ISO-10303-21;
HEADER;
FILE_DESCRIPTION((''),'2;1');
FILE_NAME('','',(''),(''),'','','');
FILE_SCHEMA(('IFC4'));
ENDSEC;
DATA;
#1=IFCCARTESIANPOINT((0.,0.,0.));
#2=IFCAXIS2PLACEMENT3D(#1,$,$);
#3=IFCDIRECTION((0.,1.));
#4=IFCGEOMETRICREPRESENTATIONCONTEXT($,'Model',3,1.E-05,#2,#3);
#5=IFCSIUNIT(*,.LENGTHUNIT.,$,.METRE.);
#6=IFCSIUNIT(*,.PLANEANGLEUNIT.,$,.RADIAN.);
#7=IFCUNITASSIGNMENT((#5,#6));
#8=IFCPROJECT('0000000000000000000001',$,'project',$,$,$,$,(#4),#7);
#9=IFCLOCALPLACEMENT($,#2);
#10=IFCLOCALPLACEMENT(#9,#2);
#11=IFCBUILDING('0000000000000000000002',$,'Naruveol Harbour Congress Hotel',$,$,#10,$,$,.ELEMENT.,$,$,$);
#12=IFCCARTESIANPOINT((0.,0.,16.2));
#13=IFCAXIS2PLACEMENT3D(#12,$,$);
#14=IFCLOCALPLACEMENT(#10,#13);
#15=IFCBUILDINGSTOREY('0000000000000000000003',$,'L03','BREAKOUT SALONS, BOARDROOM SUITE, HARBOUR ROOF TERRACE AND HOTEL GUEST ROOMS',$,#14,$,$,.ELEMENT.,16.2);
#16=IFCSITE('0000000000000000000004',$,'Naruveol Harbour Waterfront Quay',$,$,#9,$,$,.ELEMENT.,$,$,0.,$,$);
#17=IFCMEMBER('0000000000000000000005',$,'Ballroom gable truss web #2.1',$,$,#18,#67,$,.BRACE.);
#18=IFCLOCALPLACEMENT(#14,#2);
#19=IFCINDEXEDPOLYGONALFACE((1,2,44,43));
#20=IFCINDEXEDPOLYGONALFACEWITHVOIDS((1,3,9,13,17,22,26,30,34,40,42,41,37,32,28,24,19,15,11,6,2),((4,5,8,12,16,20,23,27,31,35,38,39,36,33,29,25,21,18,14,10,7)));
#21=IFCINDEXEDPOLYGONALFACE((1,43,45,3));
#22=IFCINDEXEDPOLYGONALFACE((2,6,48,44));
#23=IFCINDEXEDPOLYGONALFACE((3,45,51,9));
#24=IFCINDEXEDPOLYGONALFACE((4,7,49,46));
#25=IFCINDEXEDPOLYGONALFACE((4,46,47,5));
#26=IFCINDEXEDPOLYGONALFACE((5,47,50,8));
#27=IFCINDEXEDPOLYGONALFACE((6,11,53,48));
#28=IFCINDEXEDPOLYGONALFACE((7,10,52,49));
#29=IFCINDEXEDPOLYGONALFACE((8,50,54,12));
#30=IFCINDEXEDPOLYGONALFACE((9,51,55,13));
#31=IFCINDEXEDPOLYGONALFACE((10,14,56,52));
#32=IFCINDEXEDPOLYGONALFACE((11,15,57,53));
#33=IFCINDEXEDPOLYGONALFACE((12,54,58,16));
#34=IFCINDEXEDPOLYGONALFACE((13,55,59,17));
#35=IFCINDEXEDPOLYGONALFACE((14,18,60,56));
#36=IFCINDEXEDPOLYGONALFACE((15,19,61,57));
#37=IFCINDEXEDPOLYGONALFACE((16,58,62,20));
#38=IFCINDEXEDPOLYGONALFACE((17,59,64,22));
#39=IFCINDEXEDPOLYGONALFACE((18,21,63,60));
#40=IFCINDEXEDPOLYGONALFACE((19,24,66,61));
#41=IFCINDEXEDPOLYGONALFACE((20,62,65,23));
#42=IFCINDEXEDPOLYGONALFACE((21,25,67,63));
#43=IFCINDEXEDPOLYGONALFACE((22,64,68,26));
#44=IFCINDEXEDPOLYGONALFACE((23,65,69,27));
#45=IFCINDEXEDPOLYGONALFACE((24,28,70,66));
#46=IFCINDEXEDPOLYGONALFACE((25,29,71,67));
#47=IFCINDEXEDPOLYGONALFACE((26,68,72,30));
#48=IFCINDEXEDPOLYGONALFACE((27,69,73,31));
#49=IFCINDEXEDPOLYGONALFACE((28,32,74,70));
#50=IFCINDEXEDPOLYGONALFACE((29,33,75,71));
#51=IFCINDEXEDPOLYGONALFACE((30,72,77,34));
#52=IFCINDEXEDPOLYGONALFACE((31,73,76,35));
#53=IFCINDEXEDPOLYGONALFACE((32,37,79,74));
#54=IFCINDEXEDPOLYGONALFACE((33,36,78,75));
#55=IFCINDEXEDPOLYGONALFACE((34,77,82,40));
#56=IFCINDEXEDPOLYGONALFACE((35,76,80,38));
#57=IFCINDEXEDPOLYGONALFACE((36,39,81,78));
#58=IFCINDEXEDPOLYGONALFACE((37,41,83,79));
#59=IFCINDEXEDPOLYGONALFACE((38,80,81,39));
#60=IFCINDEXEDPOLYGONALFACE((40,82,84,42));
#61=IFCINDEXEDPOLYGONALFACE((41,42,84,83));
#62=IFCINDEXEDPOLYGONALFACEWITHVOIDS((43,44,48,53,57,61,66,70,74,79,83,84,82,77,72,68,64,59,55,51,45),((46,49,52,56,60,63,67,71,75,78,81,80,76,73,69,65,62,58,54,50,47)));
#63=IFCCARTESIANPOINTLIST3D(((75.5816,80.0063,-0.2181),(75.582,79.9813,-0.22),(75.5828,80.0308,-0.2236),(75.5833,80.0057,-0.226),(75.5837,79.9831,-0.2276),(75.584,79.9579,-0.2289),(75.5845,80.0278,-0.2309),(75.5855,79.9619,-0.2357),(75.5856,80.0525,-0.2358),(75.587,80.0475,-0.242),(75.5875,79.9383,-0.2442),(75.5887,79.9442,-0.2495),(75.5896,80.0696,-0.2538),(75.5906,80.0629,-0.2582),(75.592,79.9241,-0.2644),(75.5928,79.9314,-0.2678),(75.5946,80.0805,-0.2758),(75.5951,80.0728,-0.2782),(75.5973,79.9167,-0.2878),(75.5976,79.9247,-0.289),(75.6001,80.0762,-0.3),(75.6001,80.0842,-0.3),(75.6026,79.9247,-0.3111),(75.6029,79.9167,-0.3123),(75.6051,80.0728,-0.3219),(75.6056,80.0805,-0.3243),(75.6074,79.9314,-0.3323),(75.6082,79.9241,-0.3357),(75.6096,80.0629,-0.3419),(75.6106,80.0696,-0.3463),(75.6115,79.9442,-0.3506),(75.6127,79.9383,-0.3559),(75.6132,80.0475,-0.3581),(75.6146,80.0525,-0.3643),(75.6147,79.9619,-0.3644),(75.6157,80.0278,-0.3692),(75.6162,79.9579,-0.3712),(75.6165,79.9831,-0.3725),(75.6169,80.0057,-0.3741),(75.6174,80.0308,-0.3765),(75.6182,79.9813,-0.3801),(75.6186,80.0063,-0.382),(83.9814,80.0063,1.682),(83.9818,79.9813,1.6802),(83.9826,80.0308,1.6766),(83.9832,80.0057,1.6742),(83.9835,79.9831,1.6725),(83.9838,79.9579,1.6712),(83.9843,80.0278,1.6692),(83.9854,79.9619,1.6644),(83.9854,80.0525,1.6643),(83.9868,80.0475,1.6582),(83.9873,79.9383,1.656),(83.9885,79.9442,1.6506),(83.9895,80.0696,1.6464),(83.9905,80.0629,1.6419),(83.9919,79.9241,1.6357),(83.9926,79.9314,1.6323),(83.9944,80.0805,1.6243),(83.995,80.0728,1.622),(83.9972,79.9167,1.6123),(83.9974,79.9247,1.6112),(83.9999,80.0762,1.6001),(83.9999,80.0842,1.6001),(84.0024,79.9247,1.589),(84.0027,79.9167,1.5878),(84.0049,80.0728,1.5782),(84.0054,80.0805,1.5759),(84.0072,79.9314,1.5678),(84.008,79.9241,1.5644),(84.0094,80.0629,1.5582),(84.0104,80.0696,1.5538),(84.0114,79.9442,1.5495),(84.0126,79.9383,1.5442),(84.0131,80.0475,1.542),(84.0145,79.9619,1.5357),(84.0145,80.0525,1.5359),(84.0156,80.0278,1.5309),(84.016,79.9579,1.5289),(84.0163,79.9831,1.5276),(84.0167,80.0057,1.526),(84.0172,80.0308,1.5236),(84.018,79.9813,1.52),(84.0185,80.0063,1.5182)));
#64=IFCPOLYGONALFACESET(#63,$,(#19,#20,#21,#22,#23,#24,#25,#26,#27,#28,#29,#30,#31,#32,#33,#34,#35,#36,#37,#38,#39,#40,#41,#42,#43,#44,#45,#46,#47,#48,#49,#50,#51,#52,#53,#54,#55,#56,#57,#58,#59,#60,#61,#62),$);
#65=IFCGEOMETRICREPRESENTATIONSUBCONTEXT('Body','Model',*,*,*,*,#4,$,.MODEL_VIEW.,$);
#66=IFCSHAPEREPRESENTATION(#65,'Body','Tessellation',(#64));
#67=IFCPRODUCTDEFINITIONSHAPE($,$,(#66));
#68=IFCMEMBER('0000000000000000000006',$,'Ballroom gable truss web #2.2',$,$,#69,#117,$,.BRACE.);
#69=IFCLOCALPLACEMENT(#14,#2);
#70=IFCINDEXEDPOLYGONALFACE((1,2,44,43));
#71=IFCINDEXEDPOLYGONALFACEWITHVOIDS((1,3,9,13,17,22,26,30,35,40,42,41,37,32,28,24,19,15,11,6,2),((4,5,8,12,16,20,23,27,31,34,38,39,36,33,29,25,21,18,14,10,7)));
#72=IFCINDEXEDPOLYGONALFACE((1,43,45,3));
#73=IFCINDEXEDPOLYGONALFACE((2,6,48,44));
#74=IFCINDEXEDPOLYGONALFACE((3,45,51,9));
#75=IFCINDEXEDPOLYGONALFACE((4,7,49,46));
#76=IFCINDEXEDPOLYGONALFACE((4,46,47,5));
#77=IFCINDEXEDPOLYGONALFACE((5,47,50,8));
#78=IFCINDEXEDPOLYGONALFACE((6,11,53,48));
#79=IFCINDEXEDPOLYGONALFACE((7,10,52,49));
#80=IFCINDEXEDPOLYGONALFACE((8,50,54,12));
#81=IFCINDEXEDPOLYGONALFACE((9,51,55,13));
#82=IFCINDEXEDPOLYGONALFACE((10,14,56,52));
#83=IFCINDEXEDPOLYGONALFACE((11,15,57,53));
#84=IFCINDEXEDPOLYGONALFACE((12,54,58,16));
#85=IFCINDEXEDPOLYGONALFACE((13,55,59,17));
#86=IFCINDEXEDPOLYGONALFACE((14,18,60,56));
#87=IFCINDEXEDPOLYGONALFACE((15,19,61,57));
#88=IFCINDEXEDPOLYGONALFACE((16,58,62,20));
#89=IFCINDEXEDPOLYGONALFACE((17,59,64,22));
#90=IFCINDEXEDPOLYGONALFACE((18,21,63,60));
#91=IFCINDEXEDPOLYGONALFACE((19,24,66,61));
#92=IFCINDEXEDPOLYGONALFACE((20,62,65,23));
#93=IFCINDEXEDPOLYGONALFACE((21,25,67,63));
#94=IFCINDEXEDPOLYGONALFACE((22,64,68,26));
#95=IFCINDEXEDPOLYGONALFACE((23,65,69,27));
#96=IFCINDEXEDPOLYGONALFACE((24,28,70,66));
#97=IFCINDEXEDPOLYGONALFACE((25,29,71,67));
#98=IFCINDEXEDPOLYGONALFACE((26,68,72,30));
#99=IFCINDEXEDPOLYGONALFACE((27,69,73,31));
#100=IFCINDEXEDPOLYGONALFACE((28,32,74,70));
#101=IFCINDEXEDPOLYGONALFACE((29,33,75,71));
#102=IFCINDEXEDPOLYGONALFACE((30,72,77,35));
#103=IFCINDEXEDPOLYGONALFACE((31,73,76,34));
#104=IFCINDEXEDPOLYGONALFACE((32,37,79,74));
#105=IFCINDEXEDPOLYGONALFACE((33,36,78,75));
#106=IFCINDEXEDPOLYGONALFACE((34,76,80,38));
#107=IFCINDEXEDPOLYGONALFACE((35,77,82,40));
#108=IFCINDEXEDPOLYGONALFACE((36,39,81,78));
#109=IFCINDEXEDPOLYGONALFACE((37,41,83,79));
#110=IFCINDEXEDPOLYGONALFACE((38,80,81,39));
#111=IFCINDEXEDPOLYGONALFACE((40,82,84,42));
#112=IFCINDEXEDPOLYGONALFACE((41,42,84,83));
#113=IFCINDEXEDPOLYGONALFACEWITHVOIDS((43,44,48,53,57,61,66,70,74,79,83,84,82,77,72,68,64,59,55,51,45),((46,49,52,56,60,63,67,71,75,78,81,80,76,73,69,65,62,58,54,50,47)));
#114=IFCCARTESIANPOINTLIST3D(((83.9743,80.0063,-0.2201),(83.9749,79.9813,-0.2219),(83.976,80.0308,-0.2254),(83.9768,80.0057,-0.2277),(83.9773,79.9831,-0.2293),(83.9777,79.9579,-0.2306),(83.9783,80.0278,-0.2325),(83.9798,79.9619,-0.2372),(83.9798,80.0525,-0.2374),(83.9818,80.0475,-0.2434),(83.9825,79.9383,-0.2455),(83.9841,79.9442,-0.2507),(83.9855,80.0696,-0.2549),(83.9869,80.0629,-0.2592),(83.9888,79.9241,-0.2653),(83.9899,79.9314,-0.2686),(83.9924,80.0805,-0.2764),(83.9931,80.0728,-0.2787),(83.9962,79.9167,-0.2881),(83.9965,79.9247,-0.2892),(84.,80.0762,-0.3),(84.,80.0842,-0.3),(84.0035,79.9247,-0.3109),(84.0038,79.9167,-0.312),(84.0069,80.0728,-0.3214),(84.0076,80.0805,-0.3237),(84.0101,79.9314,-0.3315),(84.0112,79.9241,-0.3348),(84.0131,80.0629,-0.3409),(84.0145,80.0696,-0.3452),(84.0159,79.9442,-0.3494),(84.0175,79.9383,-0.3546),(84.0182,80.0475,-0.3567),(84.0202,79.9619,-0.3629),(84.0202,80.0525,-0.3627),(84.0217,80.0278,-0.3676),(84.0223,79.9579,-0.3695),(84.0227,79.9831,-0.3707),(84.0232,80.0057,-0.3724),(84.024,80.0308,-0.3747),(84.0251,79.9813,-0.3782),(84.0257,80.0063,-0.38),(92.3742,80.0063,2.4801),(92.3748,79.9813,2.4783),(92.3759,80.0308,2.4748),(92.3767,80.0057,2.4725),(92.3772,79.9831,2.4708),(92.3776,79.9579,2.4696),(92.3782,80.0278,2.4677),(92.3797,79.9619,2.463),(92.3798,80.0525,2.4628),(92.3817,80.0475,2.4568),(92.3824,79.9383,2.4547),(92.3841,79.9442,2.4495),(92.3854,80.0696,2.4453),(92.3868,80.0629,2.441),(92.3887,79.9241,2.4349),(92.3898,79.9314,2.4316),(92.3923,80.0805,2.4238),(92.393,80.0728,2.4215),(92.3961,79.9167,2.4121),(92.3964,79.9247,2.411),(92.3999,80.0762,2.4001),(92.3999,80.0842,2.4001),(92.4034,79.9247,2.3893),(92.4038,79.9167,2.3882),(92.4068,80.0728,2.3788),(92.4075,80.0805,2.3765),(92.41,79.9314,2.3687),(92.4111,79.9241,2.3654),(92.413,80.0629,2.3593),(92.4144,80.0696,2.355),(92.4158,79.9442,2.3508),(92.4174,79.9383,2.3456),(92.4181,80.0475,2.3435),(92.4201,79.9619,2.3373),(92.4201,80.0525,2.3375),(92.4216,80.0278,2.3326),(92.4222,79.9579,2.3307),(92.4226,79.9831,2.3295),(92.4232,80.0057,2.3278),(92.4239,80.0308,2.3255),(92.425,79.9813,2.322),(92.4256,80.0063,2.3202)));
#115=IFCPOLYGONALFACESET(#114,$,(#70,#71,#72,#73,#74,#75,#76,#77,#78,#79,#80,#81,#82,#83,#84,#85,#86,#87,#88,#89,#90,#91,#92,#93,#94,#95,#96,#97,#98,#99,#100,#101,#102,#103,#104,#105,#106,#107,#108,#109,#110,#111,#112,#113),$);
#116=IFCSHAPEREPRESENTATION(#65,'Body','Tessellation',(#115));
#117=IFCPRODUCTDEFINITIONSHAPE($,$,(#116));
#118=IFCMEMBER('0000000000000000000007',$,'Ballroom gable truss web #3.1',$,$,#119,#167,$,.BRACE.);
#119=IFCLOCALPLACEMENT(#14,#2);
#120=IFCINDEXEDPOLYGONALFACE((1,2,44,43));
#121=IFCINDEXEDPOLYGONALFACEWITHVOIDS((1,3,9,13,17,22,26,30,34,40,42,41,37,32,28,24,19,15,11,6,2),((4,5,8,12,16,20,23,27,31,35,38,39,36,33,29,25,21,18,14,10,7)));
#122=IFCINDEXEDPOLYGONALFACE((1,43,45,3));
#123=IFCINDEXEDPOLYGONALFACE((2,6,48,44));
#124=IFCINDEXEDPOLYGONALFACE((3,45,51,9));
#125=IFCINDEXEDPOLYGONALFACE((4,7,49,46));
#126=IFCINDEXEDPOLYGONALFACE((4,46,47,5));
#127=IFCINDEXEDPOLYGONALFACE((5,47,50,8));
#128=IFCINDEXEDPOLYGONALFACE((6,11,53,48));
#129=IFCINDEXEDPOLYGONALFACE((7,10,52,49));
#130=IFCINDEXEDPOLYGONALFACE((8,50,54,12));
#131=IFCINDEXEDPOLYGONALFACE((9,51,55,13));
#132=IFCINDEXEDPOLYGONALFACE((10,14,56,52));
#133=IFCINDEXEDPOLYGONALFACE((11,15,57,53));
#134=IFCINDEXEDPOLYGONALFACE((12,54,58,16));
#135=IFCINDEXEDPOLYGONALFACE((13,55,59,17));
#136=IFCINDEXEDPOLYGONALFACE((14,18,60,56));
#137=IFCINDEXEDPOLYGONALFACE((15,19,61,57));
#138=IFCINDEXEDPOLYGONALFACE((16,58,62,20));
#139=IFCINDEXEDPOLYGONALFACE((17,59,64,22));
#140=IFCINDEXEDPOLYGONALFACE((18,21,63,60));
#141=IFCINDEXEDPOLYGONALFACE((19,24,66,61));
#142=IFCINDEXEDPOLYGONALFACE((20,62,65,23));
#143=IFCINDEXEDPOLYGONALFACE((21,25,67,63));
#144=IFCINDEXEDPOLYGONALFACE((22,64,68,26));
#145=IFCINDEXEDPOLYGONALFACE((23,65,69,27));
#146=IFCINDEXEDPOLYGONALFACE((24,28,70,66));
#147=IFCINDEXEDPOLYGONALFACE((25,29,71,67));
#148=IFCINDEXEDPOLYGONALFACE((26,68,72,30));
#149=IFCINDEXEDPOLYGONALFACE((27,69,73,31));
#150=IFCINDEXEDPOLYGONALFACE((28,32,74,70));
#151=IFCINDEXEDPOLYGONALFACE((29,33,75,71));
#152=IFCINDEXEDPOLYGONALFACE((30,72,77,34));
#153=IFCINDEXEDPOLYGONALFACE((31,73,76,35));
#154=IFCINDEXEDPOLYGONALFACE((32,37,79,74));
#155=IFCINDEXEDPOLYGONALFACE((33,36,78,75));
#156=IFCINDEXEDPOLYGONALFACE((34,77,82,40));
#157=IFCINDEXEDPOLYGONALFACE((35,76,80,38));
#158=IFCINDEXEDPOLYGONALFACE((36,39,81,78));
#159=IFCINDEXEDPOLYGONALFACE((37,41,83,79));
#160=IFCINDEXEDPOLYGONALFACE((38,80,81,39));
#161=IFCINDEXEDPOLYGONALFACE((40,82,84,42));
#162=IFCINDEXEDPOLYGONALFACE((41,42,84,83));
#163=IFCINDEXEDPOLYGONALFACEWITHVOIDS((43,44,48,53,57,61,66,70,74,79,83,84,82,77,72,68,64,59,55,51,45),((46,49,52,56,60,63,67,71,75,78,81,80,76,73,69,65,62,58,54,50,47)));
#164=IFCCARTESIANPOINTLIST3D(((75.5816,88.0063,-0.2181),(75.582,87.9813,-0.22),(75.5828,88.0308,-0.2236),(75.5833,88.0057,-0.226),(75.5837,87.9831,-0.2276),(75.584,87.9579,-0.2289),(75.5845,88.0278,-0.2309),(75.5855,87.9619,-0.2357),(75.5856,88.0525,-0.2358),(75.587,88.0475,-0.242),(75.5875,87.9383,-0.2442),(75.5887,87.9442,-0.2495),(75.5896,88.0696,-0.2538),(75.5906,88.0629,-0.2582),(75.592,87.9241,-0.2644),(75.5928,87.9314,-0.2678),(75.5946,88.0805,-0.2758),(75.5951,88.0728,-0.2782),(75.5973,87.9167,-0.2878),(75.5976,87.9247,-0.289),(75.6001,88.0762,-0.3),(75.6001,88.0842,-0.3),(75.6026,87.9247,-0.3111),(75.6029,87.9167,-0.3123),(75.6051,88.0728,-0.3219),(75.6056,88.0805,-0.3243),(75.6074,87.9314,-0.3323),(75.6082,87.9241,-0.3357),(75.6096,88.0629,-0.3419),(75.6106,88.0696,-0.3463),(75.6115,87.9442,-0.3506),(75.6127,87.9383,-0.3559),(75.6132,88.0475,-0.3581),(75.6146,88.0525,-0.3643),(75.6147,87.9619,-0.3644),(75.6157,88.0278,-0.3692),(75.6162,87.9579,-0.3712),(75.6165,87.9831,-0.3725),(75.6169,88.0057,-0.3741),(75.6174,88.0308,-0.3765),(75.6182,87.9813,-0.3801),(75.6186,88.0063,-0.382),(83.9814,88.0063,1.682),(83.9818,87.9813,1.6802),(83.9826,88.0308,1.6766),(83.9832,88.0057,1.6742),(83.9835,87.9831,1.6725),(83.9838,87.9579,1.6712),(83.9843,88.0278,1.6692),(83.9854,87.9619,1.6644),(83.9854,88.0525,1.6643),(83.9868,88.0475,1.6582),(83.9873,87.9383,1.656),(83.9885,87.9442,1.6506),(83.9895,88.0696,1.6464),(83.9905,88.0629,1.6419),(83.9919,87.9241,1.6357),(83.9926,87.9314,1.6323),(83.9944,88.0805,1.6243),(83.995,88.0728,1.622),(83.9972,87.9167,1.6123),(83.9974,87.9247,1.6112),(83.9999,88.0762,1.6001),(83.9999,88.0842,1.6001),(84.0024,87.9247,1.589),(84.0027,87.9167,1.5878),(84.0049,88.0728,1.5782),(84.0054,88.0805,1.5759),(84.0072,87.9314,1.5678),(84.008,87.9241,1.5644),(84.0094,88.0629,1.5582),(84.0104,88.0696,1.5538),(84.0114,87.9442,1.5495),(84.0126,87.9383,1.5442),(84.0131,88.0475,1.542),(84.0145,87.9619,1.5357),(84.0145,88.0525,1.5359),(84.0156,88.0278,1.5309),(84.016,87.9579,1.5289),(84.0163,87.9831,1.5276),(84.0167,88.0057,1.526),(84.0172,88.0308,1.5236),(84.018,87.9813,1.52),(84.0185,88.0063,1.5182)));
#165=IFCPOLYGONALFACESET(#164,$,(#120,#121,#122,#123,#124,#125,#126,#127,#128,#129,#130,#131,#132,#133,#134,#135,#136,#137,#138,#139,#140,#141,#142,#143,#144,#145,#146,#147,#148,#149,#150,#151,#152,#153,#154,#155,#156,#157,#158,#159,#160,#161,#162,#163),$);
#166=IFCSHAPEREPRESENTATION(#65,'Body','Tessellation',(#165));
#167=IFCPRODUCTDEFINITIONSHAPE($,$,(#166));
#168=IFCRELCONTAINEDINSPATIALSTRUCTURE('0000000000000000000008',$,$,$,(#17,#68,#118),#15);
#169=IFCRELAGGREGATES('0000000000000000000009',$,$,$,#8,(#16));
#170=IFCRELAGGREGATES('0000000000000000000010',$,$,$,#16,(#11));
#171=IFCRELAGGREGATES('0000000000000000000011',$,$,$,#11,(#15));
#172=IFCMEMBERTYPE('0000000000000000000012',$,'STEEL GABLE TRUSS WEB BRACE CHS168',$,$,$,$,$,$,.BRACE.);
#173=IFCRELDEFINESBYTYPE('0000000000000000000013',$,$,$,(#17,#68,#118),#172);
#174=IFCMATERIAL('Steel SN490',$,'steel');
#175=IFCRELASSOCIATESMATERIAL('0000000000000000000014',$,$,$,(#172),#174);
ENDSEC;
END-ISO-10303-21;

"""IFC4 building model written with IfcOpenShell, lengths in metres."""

from ifc_helpers import new_model, si_unit, direction, frame, origin, origin_2d, place, context, subcontext, project, spatial, hollow_circle, extrude, material, material_profile, profile_set, type_object, element, save


model = new_model("IFC4")

# Units and contexts
model_context = context("Model", 3, precision=1e-05, world=origin(), true_north=direction((0.0, 1.0)))
body_context = subcontext(model_context, "Body", "Model", "MODEL_VIEW")
ifc_project = project(units=[si_unit("LENGTHUNIT", "METRE"), si_unit("PLANEANGLEUNIT", "RADIAN")], contexts=[model_context])

# Site, building, storey
site_placement = place(None, origin())
site = spatial("IfcSite", under=ifc_project, at=site_placement, Name="Naruveol Harbour Waterfront Quay", CompositionType="ELEMENT", RefElevation=0.0)
building_placement = place(site_placement, origin())
building = spatial("IfcBuilding", under=site, at=building_placement, Name="Naruveol Harbour Congress Hotel", CompositionType="ELEMENT")
storey_placement = place(building_placement, frame((0.0, 0.0, 16.2)))
storey = spatial("IfcBuildingStorey", under=building, at=storey_placement, Name="L03", Description="BREAKOUT SALONS, BOARDROOM SUITE, HARBOUR ROOF TERRACE AND HOTEL GUEST ROOMS", CompositionType="ELEMENT", Elevation=16.2)

# Members
ifc_material_1 = material(Name="Steel SN490", Category="steel")
ifc_material_profile_1 = material_profile(ifc_material_1, hollow_circle(Radius=0.0842, WallThickness=0.0081, at=origin_2d()), Name="CHS-168.3x8")
ifc_profile_set_1 = profile_set([ifc_material_profile_1], Name="Steel SN490")
member_type_1 = type_object("IfcMemberType", Name="STEEL GABLE TRUSS WEB BRACE CHS168", PredefinedType="BRACE", material=ifc_profile_set_1)
member_1_placement = place(storey_placement, frame((75.6001, 80.0, -0.3), z_axis=(0.975356, 0.0, 0.220636), x_axis=(0.0, 1.0, 0.0)))
element("IfcMember", 1, at=member_1_placement, inside=storey, type_object=member_type_1, Name="Ballroom gable truss web #2.1", PredefinedType="BRACE", context=body_context, shape_type="SweptSolid", body=[
    extrude(hollow_circle(Radius=0.0842, WallThickness=0.0081, at=origin_2d()), origin(), (0.0, 0.0, 1.0), 8.6121),
])
member_2_placement = place(storey_placement, frame((84.0, 80.0, -0.3), z_axis=(0.952021, 0.0, 0.306032), x_axis=(0.0, 1.0, 0.0)))
element("IfcMember", 2, at=member_2_placement, inside=storey, type_object=member_type_1, Name="Ballroom gable truss web #2.2", PredefinedType="BRACE", context=body_context, shape_type="SweptSolid", body=[
    extrude(hollow_circle(Radius=0.0842, WallThickness=0.0081, at=origin_2d()), origin(), (0.0, 0.0, 1.0), 8.8232),
])
member_3_placement = place(storey_placement, frame((75.6001, 88.0, -0.3), z_axis=(0.975356, 0.0, 0.220636), x_axis=(0.0, 1.0, 0.0)))
element("IfcMember", 3, at=member_3_placement, inside=storey, type_object=member_type_1, Name="Ballroom gable truss web #3.1", PredefinedType="BRACE", context=body_context, shape_type="SweptSolid", body=[
    extrude(hollow_circle(Radius=0.0842, WallThickness=0.0081, at=origin_2d()), origin(), (0.0, 0.0, 1.0), 8.6121),
])

save(model, "model.ifc")
